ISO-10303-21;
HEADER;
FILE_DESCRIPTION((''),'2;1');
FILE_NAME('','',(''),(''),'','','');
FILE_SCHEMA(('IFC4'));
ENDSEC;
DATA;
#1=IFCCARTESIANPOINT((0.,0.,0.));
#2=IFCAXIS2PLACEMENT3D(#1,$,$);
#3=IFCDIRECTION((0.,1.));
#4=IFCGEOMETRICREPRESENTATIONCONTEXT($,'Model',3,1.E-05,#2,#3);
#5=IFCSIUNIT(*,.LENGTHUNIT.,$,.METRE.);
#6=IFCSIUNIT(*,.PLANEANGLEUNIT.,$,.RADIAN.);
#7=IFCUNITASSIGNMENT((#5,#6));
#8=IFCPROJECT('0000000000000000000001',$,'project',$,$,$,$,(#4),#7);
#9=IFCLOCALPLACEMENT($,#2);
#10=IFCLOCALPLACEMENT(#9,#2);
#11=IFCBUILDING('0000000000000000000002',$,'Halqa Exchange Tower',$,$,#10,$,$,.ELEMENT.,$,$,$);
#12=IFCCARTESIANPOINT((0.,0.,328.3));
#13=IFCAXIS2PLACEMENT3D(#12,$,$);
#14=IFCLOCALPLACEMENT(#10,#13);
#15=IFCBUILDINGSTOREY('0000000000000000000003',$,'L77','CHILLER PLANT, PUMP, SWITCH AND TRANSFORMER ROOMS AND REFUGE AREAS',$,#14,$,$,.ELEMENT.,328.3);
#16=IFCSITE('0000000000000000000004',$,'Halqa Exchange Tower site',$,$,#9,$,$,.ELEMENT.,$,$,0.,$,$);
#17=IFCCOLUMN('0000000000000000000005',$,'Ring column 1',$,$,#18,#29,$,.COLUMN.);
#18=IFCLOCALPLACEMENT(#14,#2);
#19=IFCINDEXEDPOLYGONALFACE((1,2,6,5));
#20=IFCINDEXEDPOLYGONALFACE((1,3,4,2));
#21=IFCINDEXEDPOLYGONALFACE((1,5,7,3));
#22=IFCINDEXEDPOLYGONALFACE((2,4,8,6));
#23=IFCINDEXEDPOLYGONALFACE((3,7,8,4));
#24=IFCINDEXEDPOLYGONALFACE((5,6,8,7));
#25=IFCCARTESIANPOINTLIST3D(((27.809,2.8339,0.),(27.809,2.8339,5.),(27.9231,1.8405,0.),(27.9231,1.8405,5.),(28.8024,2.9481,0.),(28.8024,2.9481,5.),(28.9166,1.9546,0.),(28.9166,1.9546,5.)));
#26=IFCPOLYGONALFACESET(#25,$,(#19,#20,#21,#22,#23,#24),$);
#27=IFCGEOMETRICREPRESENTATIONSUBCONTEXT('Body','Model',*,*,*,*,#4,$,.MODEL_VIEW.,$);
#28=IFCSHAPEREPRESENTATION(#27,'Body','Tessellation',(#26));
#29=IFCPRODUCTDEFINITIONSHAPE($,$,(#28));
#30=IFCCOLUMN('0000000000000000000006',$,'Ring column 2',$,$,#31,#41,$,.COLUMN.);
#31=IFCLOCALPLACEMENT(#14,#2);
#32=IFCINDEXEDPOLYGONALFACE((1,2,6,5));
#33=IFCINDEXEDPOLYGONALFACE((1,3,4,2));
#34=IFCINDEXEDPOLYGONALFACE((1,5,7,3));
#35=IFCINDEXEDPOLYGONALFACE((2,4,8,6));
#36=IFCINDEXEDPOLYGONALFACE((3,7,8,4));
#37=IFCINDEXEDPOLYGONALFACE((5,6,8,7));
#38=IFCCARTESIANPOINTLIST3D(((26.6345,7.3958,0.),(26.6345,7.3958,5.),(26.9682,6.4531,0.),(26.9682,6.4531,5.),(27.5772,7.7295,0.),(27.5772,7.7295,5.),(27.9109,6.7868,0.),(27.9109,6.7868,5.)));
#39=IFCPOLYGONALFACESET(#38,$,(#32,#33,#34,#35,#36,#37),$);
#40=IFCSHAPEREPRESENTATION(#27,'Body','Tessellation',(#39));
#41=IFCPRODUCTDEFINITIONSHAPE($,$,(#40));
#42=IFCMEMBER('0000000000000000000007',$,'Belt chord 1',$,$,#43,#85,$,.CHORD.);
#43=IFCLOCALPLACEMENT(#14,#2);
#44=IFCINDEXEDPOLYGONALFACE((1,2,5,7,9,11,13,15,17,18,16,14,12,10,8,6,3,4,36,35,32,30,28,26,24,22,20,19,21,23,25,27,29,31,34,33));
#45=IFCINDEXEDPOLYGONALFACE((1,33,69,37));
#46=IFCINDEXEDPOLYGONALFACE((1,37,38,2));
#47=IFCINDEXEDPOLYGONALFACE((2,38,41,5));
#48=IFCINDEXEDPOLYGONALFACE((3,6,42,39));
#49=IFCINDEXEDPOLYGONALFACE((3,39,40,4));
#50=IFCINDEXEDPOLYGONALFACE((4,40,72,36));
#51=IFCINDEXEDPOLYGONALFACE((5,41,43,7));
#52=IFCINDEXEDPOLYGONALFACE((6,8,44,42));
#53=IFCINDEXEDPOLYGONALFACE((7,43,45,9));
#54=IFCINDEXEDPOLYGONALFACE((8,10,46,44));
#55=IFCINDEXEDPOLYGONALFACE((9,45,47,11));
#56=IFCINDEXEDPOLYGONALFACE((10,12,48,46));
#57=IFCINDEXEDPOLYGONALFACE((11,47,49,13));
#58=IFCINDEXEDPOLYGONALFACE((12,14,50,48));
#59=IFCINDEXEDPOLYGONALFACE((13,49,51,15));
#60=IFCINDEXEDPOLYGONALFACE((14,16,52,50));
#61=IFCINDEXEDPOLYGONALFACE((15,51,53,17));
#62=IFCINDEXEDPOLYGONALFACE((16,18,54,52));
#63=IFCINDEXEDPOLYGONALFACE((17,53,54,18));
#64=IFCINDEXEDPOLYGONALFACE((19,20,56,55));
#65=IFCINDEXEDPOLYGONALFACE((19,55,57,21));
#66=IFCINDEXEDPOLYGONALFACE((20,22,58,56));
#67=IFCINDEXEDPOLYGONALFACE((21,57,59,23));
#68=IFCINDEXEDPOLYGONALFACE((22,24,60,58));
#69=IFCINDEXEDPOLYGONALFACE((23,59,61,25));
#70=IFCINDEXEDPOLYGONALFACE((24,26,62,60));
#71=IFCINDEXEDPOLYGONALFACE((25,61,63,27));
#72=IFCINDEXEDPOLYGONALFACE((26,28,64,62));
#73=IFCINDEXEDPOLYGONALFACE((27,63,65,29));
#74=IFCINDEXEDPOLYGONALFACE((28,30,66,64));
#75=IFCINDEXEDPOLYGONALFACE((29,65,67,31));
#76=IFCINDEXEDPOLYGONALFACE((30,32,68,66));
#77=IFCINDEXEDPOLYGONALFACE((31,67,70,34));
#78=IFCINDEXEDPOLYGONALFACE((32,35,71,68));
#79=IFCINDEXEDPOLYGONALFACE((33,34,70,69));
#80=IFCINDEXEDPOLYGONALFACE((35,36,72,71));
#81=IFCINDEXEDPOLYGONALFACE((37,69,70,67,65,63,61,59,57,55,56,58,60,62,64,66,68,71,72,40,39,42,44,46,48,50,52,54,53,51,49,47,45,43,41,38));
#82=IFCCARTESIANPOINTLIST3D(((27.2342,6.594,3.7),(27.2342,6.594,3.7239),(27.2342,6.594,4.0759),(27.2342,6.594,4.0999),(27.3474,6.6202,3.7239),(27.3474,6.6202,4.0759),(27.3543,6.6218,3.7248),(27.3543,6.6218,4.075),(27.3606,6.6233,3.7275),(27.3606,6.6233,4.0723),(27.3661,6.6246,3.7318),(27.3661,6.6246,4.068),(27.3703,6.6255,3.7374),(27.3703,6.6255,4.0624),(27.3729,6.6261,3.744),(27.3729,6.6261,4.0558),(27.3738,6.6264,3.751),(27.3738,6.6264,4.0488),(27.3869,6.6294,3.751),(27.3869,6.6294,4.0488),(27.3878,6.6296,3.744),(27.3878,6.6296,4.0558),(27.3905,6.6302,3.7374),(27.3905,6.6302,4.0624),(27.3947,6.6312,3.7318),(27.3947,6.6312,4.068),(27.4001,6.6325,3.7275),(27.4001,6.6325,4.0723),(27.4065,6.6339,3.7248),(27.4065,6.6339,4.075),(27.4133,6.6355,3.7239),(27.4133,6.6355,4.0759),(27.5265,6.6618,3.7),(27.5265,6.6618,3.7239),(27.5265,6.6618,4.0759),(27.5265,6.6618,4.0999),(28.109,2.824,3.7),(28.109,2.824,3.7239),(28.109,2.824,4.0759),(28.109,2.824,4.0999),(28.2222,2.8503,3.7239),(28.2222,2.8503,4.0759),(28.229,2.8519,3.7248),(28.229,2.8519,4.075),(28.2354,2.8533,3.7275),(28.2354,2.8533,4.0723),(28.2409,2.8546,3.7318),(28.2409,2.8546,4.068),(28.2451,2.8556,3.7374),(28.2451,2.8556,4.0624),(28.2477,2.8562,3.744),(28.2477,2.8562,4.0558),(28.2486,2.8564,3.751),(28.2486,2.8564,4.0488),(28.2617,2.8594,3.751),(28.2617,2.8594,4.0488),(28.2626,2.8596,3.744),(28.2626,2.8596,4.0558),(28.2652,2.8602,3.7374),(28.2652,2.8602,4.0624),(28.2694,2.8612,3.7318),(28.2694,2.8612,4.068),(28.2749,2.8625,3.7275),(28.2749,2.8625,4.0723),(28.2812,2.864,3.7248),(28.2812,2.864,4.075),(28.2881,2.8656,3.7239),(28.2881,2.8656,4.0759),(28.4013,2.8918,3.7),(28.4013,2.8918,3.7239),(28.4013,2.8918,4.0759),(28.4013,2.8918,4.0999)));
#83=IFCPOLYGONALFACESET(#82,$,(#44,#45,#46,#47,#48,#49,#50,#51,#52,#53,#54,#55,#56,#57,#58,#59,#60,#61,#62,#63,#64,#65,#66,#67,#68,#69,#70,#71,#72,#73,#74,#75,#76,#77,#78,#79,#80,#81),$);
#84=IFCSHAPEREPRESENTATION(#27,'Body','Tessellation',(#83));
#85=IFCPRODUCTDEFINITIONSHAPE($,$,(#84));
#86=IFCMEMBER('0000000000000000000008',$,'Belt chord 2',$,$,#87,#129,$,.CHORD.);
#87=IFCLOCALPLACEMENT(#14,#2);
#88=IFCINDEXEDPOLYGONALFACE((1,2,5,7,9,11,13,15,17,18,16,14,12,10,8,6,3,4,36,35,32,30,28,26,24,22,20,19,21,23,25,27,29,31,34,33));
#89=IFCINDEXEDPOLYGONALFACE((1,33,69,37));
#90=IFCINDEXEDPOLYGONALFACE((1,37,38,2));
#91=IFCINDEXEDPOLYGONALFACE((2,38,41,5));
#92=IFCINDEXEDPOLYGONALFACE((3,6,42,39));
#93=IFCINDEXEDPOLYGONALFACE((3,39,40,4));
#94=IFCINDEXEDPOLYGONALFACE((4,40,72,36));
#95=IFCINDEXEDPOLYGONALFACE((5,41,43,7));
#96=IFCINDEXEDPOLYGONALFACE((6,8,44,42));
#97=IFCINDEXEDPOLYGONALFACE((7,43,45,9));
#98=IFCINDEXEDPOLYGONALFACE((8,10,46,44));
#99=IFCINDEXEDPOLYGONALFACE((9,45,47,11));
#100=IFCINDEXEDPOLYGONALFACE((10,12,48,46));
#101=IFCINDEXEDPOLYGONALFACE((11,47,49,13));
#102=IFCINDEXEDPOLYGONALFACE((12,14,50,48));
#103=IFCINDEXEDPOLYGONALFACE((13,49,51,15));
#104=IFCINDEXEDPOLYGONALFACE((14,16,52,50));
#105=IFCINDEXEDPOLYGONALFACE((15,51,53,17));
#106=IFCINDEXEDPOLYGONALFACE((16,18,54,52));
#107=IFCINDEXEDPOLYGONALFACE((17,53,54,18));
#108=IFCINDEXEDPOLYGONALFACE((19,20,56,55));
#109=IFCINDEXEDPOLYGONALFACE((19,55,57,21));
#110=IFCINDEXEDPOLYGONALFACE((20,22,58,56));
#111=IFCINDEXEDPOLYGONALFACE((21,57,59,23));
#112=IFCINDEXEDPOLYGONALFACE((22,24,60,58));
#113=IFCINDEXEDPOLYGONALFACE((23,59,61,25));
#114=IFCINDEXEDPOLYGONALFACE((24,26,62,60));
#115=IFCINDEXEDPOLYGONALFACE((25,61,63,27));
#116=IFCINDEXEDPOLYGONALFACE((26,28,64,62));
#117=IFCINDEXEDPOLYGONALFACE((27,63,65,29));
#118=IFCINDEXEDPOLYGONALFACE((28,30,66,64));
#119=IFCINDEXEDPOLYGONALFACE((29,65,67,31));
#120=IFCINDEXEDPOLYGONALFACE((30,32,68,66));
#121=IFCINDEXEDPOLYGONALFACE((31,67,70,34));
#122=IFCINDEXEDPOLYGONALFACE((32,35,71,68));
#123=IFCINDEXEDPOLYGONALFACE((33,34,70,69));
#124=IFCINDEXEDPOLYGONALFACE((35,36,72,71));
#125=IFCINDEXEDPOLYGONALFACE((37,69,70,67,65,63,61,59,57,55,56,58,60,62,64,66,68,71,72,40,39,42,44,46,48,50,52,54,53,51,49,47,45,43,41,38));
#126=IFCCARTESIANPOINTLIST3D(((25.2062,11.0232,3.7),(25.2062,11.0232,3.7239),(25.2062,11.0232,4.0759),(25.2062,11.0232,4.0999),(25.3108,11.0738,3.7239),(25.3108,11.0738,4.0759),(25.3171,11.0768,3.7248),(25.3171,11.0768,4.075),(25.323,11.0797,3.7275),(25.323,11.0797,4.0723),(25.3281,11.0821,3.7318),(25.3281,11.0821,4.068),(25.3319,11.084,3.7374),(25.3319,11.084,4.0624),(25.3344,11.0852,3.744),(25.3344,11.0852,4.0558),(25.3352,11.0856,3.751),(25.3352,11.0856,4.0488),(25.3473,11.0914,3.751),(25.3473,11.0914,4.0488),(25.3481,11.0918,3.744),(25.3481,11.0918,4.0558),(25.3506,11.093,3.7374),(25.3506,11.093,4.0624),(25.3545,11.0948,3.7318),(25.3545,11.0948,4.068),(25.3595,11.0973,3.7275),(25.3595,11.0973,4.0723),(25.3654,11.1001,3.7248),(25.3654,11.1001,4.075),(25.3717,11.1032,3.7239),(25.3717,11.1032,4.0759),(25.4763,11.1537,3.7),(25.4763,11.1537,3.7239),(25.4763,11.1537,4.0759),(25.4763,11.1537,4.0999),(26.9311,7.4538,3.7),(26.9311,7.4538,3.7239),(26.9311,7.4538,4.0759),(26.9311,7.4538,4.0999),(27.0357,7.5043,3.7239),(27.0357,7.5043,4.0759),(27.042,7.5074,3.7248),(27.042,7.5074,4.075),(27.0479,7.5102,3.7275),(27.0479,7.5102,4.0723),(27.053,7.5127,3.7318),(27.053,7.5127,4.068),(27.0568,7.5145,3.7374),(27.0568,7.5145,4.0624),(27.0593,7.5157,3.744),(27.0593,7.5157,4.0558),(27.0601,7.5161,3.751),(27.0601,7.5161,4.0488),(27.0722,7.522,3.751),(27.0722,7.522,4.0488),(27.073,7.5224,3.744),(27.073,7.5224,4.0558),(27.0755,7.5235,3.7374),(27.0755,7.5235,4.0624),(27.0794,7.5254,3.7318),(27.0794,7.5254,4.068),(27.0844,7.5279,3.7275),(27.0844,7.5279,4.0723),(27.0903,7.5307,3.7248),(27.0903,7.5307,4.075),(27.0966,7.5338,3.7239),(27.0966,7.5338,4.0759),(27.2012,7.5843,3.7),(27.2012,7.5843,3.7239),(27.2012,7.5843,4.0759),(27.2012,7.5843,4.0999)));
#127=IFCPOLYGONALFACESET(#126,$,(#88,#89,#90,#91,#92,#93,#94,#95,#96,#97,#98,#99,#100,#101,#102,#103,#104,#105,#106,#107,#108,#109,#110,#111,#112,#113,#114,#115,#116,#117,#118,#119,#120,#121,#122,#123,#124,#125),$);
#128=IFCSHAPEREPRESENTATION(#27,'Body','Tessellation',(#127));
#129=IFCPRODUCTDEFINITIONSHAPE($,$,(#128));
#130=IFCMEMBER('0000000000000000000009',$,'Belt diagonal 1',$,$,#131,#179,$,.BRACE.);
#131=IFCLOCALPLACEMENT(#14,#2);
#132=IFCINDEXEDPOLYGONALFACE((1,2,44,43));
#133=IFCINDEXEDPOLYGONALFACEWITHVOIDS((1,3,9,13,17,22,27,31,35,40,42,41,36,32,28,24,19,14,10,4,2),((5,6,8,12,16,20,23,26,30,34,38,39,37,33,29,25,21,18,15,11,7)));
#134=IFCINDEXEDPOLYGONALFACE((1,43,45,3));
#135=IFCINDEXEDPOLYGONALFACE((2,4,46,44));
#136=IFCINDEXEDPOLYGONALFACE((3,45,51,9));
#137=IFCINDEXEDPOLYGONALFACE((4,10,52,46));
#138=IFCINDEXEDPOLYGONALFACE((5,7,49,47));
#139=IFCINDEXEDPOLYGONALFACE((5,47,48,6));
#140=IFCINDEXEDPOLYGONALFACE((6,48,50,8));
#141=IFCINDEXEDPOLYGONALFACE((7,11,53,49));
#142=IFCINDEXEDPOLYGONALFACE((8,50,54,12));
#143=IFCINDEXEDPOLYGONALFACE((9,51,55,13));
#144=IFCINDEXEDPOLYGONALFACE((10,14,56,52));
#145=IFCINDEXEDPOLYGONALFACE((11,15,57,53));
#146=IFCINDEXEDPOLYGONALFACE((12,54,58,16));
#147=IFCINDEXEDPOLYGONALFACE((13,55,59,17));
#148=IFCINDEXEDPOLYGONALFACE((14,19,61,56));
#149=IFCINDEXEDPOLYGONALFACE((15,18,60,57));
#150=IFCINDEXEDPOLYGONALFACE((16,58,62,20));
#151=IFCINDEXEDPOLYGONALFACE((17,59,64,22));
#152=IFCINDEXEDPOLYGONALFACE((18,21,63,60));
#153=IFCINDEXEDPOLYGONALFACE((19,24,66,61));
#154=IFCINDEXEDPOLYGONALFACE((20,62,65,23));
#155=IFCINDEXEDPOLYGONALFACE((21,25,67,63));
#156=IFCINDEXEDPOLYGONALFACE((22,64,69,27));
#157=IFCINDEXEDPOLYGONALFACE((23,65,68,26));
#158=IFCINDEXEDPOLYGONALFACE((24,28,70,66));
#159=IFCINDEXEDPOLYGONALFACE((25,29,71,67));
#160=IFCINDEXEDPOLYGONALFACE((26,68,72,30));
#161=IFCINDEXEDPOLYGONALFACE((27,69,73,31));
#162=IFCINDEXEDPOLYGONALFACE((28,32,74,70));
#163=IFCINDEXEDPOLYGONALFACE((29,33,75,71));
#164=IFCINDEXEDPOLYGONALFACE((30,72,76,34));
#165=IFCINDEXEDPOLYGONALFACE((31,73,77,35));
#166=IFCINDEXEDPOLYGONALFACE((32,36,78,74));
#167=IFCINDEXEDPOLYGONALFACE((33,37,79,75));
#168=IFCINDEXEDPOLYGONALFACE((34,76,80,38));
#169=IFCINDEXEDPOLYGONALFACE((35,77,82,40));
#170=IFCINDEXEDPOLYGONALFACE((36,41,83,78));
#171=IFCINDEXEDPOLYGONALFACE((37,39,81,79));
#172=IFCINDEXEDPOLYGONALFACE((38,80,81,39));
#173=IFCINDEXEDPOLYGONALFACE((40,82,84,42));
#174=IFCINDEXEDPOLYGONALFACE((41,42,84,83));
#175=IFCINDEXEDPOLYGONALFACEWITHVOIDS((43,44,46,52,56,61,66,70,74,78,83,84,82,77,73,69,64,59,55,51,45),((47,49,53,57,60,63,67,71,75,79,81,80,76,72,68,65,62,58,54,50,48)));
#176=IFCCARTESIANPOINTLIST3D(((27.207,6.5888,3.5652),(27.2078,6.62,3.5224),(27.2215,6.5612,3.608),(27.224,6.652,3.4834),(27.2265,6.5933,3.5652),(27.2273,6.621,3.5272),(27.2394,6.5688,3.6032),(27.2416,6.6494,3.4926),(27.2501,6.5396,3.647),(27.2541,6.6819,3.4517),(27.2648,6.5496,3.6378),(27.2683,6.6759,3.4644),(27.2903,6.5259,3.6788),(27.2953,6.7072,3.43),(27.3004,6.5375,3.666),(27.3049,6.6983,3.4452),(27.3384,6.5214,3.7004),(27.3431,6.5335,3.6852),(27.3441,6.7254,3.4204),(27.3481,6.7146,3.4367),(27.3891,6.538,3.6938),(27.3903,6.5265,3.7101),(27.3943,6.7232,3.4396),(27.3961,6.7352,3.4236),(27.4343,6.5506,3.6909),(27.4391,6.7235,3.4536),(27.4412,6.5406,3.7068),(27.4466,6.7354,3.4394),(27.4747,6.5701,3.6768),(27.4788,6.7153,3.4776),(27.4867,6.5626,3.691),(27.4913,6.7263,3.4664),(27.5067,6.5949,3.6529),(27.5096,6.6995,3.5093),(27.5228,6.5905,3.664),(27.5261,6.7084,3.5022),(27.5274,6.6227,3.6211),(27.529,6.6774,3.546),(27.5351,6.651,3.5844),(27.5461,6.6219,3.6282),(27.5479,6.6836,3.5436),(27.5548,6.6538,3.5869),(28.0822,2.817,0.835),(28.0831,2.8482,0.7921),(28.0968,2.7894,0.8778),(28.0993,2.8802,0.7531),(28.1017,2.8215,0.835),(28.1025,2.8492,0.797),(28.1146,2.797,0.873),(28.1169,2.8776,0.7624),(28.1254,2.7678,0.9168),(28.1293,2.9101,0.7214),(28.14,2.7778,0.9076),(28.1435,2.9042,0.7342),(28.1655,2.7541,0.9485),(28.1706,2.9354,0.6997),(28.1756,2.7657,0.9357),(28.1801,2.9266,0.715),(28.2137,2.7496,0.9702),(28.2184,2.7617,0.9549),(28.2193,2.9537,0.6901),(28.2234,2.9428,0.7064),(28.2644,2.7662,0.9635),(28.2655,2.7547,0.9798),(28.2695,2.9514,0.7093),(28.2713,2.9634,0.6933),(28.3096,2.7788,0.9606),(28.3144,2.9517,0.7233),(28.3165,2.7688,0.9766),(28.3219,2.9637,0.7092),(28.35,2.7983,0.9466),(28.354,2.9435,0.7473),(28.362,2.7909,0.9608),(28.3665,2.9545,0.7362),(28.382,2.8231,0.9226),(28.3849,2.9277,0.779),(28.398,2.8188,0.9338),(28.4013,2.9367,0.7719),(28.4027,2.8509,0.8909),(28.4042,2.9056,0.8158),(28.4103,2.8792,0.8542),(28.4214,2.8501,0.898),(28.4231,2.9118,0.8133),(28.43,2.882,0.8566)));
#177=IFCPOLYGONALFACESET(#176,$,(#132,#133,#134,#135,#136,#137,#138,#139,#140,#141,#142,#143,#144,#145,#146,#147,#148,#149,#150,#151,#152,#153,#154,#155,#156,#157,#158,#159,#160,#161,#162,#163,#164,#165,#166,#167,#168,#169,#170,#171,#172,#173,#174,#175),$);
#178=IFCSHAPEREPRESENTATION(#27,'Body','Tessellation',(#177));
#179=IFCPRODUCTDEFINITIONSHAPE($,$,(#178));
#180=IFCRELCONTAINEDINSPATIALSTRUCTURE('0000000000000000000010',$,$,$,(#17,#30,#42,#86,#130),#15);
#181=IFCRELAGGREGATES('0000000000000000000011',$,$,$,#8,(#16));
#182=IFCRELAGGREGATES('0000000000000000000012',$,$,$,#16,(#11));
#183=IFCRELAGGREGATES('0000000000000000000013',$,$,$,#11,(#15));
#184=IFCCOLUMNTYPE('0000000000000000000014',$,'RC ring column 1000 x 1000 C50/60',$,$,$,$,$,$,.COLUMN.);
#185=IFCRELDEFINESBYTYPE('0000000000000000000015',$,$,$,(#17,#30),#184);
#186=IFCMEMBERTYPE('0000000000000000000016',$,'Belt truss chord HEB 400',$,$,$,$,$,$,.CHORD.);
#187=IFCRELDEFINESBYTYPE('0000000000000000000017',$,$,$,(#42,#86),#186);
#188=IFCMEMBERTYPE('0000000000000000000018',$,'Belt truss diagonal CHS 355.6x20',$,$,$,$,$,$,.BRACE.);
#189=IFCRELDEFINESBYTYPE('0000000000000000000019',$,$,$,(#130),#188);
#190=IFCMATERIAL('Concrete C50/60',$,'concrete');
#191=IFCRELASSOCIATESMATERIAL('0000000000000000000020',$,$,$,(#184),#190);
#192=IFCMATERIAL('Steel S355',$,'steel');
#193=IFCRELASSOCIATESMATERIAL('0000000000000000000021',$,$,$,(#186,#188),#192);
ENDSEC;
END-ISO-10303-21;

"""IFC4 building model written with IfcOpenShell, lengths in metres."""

from ifc_helpers import new_model, si_unit, direction, frame, origin, origin_2d, place, context, subcontext, project, spatial, rectangle, hollow_circle, i_section, extrude, material, material_profile, profile_set, type_object, element, save


model = new_model("IFC4")

# Units and contexts
model_context = context("Model", 3, precision=1e-05, world=origin(), true_north=direction((0.0, 1.0)))
body_context = subcontext(model_context, "Body", "Model", "MODEL_VIEW")
ifc_project = project(units=[si_unit("LENGTHUNIT", "METRE"), si_unit("PLANEANGLEUNIT", "RADIAN")], contexts=[model_context])

# Site, building, storey
site_placement = place(None, origin())
site = spatial("IfcSite", under=ifc_project, at=site_placement, Name="Halqa Exchange Tower site", CompositionType="ELEMENT", RefElevation=0.0)
building_placement = place(site_placement, origin())
building = spatial("IfcBuilding", under=site, at=building_placement, Name="Halqa Exchange Tower", CompositionType="ELEMENT")
storey_placement = place(building_placement, frame((0.0, 0.0, 328.3)))
storey = spatial("IfcBuildingStorey", under=building, at=storey_placement, Name="L77", Description="CHILLER PLANT, PUMP, SWITCH AND TRANSFORMER ROOMS AND REFUGE AREAS", CompositionType="ELEMENT", Elevation=328.3)

# Columns
ifc_material_1 = material(Name="Concrete C50/60", Category="concrete")
ifc_material_profile_1 = material_profile(ifc_material_1, rectangle(XDim=1.0, YDim=1.0, at=origin_2d()), Name="1000 x 1000")
ifc_profile_set_1 = profile_set([ifc_material_profile_1], Name="Concrete C50/60")
column_type = type_object("IfcColumnType", Name="RC ring column 1000 x 1000 C50/60", PredefinedType="COLUMN", material=ifc_profile_set_1)
for number, where, z_axis, x_axis, name in (
    (1, (28.3628, 2.3943, 0.0), (0.0, 0.0, 1.0), (-0.11416, 0.993462, 0.0), "Ring column 1"),
    (2, (27.2727, 7.0913, 0.0), (0.0, 0.0, 1.0), (-0.333624, 0.942706, 0.0), "Ring column 2"),
):
    element("IfcColumn", number, at=place(storey_placement, frame(where, z_axis=z_axis, x_axis=x_axis)), inside=storey, type_object=column_type, Name=name, PredefinedType="COLUMN", context=body_context, shape_type="SweptSolid", body=[
        extrude(rectangle(XDim=1.0, YDim=1.0, at=origin_2d()), origin(), (0.0, 0.0, 1.0), 5.0),
    ])

# Members
ifc_material_2 = material(Name="Steel S355", Category="steel")
ifc_material_profile_2 = material_profile(ifc_material_2, i_section(OverallWidth=0.3, OverallDepth=0.3999, WebThickness=0.0134, FlangeThickness=0.0239, FilletRadius=0.0271, at=origin_2d()), Name="HEB 400")
ifc_profile_set_2 = profile_set([ifc_material_profile_2], Name="Steel S355")
member_type_1 = type_object("IfcMemberType", Name="Belt truss chord HEB 400", PredefinedType="CHORD", material=ifc_profile_set_2)
member_1_placement = place(storey_placement, frame((28.2551, 2.8579, 3.8999), z_axis=(-0.226025, 0.974122, 0.0), x_axis=(-0.974122, -0.226025, 0.0)))
element("IfcMember", 3, at=member_1_placement, inside=storey, type_object=member_type_1, Name="Belt chord 1", PredefinedType="CHORD", context=body_context, shape_type="SweptSolid", body=[
    extrude(i_section(OverallWidth=0.3, OverallDepth=0.3999, WebThickness=0.0134, FlangeThickness=0.0239, FilletRadius=0.0271, at=origin_2d()), origin(), (0.0, 0.0, 1.0), 3.8701),
])
member_2_placement = place(storey_placement, frame((27.0662, 7.519, 3.8999), z_axis=(-0.435102, 0.900381, 0.0), x_axis=(-0.900381, -0.435102, 0.0)))
element("IfcMember", 4, at=member_2_placement, inside=storey, type_object=member_type_1, Name="Belt chord 2", PredefinedType="CHORD", context=body_context, shape_type="SweptSolid", body=[
    extrude(i_section(OverallWidth=0.3, OverallDepth=0.3999, WebThickness=0.0134, FlangeThickness=0.0239, FilletRadius=0.0271, at=origin_2d()), origin(), (0.0, 0.0, 1.0), 3.9644),
])
ifc_material_profile_3 = material_profile(ifc_material_2, hollow_circle(Radius=0.1777, WallThickness=0.02, at=origin_2d()), Name="CHS 355.6x20")
ifc_profile_set_3 = profile_set([ifc_material_profile_3], Name="Steel S355")
member_type_2 = type_object("IfcMemberType", Name="Belt truss diagonal CHS 355.6x20", PredefinedType="BRACE", material=ifc_profile_set_3)
member_3_placement = place(storey_placement, frame((28.2554, 2.8572, 0.835), z_axis=(-0.184739, 0.796104, 0.576272), x_axis=(-0.974116, -0.226047, 0.0)))
element("IfcMember", 5, at=member_3_placement, inside=storey, type_object=member_type_2, Name="Belt diagonal 1", PredefinedType="BRACE", context=body_context, shape_type="SweptSolid", body=[
    extrude(hollow_circle(Radius=0.1777, WallThickness=0.02, at=origin_2d()), origin(), (0.0, 0.0, 1.0), 4.7378),
])

save(model, "model.ifc")
